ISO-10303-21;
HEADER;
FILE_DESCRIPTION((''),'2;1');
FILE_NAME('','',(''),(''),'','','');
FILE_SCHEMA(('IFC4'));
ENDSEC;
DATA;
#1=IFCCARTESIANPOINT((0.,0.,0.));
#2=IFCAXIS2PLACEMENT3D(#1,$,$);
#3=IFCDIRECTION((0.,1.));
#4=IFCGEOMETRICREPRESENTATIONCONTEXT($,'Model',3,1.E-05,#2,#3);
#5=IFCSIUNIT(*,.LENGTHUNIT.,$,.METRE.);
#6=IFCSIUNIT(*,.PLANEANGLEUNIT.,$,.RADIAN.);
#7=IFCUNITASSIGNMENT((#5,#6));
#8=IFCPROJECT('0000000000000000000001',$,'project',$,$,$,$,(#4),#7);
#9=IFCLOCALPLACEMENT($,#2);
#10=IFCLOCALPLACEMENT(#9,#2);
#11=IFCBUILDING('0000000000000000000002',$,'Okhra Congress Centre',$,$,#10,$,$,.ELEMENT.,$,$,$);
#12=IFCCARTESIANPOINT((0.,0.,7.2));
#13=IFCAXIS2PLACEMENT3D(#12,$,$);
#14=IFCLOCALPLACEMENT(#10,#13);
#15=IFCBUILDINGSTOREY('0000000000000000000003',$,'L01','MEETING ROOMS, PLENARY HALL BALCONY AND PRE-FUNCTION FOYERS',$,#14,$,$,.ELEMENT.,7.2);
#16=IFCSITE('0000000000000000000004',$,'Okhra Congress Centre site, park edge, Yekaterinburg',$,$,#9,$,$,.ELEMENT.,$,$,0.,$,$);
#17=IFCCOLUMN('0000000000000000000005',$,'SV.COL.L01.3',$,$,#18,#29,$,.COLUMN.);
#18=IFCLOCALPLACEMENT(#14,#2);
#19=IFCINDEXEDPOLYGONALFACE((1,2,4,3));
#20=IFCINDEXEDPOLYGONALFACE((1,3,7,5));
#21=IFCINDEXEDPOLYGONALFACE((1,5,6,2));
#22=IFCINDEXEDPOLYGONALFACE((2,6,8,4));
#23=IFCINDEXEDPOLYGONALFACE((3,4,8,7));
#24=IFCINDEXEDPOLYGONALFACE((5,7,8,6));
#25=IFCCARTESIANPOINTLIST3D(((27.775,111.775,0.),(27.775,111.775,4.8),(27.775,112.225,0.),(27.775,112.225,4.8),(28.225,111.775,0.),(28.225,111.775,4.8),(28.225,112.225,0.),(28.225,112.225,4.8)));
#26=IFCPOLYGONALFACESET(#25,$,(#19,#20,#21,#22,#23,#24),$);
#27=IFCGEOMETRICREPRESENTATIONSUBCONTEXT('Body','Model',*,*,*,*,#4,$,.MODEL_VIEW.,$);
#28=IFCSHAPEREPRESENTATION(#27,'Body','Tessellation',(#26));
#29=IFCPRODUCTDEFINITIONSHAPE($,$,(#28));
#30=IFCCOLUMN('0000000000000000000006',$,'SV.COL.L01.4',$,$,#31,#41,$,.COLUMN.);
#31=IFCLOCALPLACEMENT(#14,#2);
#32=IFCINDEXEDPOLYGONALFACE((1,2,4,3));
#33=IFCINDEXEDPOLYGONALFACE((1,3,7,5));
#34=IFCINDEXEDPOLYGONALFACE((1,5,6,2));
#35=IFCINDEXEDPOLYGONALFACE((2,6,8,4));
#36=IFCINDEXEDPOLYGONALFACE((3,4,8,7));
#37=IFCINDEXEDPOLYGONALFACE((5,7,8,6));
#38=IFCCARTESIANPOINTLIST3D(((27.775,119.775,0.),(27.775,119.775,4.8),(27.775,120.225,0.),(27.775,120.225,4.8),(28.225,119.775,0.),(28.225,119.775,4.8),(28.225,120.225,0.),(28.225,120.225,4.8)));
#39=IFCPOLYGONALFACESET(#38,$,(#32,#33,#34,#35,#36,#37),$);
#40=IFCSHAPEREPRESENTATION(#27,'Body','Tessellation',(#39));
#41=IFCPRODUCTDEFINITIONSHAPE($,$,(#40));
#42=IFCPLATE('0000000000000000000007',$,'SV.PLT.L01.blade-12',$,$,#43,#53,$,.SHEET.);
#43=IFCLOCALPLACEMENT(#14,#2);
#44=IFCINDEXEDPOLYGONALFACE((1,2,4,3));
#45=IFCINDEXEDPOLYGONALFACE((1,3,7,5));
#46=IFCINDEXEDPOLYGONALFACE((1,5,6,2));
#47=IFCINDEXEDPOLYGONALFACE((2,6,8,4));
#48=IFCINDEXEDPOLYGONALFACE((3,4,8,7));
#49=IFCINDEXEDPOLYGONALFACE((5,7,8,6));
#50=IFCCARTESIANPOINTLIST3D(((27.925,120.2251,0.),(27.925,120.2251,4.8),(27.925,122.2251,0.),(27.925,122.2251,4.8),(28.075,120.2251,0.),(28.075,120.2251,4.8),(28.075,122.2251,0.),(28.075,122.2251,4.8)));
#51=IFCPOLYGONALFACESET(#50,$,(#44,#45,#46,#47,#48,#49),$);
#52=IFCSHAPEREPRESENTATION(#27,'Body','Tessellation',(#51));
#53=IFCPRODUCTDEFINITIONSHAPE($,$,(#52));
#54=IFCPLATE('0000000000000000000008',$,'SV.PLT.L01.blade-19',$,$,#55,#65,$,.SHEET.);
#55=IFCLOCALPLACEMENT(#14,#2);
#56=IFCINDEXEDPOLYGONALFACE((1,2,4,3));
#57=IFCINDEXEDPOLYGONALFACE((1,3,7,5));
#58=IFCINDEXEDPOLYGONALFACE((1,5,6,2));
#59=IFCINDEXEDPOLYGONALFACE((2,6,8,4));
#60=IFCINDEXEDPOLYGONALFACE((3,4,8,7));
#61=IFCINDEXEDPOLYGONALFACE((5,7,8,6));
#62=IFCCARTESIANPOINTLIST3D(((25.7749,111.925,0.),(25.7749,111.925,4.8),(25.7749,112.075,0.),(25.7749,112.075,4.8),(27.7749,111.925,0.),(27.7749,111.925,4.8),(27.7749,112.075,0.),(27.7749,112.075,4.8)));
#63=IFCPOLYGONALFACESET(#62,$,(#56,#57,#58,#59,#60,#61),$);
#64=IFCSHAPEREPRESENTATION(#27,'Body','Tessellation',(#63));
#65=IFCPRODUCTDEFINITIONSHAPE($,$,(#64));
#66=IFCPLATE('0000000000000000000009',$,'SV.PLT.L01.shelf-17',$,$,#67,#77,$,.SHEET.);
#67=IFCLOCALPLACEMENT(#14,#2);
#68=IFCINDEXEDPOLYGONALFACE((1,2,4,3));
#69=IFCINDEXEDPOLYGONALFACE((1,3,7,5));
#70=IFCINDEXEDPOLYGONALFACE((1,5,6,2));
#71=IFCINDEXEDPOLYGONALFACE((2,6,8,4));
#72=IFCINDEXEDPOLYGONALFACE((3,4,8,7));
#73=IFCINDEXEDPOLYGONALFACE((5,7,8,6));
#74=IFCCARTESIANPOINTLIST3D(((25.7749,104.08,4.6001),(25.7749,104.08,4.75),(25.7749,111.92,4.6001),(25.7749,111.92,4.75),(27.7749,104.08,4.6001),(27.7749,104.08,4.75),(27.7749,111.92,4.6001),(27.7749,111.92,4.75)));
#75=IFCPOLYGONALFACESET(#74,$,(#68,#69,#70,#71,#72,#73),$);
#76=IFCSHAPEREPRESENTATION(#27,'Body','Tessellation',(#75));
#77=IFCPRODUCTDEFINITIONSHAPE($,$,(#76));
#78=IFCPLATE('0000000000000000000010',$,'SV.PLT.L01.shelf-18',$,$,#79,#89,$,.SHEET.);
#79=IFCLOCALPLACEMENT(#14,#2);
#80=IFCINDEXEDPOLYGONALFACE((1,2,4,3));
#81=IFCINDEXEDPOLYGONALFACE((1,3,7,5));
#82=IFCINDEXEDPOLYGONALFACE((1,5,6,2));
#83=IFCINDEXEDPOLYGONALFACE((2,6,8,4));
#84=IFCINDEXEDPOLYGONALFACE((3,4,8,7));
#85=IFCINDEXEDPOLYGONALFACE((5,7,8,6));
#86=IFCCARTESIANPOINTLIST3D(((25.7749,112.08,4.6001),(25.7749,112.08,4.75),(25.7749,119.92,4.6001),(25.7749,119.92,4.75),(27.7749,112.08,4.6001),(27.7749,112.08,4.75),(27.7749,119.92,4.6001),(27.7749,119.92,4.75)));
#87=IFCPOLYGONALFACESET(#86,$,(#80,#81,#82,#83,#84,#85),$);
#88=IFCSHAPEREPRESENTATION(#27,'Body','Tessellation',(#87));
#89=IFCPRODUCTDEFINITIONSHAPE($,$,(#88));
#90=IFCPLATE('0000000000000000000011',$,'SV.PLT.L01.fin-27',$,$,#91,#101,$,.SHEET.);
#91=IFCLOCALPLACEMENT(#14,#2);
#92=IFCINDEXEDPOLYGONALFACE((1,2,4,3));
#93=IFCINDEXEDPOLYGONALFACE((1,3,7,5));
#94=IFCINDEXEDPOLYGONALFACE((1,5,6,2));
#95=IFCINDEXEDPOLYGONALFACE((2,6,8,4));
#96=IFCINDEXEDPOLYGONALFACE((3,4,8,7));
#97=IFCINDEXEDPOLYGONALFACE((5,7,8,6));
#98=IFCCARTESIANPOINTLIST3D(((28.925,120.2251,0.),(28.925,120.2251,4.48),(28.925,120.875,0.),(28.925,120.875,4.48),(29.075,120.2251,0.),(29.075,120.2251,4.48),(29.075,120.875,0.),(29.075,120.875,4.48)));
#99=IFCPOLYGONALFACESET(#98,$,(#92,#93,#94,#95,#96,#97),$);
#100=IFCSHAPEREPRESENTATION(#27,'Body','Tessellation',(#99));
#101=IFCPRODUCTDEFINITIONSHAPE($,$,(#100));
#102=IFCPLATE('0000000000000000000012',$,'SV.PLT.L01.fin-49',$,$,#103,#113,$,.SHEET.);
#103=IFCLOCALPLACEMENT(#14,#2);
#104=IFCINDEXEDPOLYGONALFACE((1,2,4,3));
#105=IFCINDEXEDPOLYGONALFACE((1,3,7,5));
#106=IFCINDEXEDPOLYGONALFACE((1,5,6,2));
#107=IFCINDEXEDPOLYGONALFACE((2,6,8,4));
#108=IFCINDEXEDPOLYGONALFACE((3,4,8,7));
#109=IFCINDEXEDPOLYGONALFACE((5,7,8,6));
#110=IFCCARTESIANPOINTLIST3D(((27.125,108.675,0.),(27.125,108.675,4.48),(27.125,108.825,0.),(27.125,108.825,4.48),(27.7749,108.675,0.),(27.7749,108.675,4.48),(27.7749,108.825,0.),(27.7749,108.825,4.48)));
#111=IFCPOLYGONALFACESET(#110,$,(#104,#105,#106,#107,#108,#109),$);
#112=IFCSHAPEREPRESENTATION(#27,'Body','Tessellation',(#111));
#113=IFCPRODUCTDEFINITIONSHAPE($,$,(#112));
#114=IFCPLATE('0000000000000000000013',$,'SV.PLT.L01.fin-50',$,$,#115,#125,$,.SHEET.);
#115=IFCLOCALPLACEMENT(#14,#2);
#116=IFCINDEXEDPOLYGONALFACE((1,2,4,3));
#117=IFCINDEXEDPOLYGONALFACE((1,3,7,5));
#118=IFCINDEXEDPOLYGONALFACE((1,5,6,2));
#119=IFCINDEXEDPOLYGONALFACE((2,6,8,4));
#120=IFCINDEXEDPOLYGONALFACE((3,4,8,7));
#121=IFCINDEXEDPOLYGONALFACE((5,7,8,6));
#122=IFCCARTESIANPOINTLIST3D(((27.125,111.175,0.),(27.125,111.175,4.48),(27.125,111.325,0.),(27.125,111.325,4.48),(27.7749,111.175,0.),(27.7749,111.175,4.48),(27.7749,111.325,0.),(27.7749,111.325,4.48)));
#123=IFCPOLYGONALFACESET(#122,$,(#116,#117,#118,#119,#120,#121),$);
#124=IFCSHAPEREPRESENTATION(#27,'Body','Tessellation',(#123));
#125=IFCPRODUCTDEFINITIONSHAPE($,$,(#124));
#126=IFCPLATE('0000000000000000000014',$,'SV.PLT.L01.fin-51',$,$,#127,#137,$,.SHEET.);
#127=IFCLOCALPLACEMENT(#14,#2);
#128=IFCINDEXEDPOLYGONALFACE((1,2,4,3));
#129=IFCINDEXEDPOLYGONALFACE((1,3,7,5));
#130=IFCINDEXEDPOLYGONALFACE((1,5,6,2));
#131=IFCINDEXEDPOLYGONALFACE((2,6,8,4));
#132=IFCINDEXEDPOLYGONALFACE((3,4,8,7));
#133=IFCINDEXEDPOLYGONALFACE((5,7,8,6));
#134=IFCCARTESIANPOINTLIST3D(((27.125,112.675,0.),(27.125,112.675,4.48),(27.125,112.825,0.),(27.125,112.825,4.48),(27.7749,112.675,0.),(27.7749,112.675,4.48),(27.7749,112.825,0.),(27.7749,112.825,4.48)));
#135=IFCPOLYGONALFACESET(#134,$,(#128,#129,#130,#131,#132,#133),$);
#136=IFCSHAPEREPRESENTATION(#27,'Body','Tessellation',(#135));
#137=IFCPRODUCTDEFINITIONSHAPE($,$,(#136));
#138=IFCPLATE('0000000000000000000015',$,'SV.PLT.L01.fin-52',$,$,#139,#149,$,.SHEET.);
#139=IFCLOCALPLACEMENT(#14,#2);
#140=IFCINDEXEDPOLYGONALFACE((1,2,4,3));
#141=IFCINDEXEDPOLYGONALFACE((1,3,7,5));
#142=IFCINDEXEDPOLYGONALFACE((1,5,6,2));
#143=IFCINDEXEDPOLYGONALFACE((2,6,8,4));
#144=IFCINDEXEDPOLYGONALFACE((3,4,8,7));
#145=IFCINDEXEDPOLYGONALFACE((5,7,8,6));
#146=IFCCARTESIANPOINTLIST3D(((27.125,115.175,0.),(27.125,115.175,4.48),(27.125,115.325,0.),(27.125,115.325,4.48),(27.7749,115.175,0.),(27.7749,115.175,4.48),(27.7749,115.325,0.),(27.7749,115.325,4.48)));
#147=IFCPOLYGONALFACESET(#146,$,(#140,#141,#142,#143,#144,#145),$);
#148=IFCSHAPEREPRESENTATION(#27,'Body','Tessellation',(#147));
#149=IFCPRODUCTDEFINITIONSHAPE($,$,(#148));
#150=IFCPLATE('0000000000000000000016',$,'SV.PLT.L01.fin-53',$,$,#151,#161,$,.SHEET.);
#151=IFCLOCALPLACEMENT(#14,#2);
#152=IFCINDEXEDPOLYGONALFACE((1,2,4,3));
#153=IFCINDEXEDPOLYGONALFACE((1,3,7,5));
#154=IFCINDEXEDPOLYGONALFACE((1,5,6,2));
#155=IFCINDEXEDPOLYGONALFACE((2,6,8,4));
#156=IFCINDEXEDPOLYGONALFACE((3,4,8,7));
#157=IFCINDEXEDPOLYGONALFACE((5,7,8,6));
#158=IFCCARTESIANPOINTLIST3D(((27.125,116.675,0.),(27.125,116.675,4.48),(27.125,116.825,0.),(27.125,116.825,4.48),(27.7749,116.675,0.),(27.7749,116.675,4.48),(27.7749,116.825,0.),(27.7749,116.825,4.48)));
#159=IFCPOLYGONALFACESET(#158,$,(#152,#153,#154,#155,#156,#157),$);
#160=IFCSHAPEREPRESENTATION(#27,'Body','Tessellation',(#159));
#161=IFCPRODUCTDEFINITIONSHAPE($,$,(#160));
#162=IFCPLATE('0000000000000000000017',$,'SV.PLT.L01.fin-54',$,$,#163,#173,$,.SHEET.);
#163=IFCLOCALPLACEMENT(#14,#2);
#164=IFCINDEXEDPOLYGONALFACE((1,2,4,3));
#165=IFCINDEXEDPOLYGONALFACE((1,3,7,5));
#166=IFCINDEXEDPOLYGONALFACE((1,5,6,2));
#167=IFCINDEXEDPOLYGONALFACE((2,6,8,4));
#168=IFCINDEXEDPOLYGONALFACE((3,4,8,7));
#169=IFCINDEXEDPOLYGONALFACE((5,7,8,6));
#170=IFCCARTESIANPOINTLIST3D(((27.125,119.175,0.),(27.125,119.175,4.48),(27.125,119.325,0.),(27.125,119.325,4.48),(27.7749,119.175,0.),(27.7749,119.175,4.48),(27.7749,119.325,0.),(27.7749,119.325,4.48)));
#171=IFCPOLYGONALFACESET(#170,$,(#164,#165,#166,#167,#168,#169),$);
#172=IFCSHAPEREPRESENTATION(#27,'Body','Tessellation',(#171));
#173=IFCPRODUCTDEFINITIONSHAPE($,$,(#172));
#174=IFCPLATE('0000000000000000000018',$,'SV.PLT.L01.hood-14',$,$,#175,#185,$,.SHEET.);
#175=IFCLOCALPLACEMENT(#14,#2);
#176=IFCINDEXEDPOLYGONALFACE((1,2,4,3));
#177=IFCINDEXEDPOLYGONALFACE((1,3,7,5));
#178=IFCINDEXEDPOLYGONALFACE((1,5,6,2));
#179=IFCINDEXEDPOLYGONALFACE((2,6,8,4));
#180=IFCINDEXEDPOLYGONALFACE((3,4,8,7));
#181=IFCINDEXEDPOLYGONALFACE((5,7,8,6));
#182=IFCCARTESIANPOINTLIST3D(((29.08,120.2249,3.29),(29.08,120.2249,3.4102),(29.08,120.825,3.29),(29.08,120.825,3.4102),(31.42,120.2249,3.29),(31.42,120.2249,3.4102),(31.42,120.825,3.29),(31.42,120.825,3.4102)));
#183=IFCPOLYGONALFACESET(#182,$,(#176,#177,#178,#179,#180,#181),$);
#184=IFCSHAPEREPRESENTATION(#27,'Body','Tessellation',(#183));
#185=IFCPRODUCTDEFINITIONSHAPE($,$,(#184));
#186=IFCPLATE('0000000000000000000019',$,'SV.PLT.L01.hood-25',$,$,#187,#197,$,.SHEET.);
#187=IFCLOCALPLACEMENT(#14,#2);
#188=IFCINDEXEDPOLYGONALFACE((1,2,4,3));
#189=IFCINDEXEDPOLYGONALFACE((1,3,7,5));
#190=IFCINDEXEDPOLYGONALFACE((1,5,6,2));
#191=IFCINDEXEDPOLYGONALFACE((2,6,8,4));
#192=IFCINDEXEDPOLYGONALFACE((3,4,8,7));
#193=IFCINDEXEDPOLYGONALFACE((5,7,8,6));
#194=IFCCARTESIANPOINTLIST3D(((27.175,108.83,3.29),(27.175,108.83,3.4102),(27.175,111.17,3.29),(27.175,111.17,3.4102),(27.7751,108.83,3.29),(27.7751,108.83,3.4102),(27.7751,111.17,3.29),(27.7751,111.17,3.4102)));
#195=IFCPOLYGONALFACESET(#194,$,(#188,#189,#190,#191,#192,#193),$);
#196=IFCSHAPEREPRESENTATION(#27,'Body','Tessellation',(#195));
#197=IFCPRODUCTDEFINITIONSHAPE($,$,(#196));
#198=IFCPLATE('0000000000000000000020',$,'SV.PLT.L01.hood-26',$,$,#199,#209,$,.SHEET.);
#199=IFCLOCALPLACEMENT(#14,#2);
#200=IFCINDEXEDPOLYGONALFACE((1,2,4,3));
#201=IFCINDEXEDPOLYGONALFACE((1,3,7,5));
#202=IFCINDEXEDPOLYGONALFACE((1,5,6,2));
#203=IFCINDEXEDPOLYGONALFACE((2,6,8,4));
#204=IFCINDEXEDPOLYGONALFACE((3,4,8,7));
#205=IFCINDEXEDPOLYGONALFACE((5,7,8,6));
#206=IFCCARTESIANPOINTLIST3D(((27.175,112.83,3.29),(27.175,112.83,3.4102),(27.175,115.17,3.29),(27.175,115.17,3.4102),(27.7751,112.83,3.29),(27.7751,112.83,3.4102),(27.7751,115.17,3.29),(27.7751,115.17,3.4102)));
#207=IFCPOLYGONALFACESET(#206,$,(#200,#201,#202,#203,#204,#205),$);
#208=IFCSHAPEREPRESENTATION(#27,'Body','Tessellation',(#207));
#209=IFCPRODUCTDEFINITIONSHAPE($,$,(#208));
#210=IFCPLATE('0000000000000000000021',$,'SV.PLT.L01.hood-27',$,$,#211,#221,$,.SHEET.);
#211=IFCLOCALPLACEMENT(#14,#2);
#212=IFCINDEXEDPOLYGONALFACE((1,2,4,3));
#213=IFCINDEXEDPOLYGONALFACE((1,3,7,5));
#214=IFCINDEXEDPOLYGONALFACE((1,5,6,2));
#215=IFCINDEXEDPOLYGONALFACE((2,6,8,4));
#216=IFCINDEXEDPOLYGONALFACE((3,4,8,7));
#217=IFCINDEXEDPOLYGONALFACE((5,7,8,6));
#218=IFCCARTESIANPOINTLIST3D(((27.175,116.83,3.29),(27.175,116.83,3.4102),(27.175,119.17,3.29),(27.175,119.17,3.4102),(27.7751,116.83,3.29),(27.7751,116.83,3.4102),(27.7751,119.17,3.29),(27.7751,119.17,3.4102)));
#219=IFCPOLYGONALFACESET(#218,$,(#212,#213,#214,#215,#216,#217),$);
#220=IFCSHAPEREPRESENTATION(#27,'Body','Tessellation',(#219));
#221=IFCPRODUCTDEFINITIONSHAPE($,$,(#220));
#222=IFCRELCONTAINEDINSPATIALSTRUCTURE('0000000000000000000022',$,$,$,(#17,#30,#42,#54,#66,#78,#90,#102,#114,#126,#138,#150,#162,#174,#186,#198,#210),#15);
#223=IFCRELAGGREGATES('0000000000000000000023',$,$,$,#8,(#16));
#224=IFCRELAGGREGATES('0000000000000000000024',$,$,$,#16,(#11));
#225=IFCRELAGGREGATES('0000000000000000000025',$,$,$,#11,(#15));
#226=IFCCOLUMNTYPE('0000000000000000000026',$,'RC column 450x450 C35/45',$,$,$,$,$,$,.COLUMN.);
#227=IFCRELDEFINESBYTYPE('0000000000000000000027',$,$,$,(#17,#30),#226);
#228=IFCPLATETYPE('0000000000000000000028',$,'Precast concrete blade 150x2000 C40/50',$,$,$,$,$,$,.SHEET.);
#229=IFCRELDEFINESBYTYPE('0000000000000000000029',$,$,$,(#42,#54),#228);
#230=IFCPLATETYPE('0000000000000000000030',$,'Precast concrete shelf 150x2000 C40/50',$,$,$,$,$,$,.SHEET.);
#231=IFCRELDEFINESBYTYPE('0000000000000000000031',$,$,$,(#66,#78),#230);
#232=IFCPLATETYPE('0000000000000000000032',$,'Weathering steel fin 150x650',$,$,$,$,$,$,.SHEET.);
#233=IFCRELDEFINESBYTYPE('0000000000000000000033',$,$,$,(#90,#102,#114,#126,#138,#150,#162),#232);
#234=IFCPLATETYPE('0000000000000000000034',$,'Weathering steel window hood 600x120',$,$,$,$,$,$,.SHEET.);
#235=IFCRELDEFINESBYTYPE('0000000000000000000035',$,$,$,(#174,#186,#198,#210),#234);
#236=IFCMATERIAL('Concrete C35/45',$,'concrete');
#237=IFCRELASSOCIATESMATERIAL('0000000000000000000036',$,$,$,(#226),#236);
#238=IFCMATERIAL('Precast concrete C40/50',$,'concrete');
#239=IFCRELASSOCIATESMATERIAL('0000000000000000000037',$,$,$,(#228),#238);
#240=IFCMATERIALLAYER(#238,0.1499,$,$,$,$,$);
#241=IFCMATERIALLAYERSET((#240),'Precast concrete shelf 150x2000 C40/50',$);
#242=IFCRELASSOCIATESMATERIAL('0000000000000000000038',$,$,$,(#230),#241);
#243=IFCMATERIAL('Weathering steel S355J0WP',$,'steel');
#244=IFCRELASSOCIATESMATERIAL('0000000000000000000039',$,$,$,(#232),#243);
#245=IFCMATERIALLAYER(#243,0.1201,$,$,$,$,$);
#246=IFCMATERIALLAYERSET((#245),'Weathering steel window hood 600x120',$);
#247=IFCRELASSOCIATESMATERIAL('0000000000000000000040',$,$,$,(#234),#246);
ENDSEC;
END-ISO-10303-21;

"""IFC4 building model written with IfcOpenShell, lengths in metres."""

from ifc_helpers import new_model, si_unit, direction, frame, origin, origin_2d, place, context, subcontext, project, spatial, rectangle, extrude, material, layer, layer_set, material_profile, profile_set, type_object, element, save


model = new_model("IFC4")

# Units and contexts
model_context = context("Model", 3, precision=1e-05, world=origin(), true_north=direction((0.0, 1.0)))
body_context = subcontext(model_context, "Body", "Model", "MODEL_VIEW")
ifc_project = project(units=[si_unit("LENGTHUNIT", "METRE"), si_unit("PLANEANGLEUNIT", "RADIAN")], contexts=[model_context])

# Site, building, storey
site_placement = place(None, origin())
site = spatial("IfcSite", under=ifc_project, at=site_placement, Name="Okhra Congress Centre site, park edge, Yekaterinburg", CompositionType="ELEMENT", RefElevation=0.0)
building_placement = place(site_placement, origin())
building = spatial("IfcBuilding", under=site, at=building_placement, Name="Okhra Congress Centre", CompositionType="ELEMENT")
storey_placement = place(building_placement, frame((0.0, 0.0, 7.2)))
storey = spatial("IfcBuildingStorey", under=building, at=storey_placement, Name="L01", Description="MEETING ROOMS, PLENARY HALL BALCONY AND PRE-FUNCTION FOYERS", CompositionType="ELEMENT", Elevation=7.2)

# Columns
ifc_material_1 = material(Name="Concrete C35/45", Category="concrete")
ifc_material_profile = material_profile(ifc_material_1, rectangle(XDim=0.45, YDim=0.45, at=origin_2d()), Name="RC 450x450")
ifc_profile_set = profile_set([ifc_material_profile], Name="Concrete C35/45")
column_type = type_object("IfcColumnType", Name="RC column 450x450 C35/45", PredefinedType="COLUMN", material=ifc_profile_set)
for number, where, z_axis, x_axis, name in (
    (1, (28.0, 112.0, 0.0), (0.0, 0.0, 1.0), (1.0, 0.0, 0.0), "SV.COL.L01.3"),
    (2, (28.0, 120.0, 0.0), (0.0, 0.0, 1.0), (1.0, 0.0, 0.0), "SV.COL.L01.4"),
):
    element("IfcColumn", number, at=place(storey_placement, frame(where, z_axis=z_axis, x_axis=x_axis)), inside=storey, type_object=column_type, Name=name, PredefinedType="COLUMN", context=body_context, shape_type="SweptSolid", body=[
        extrude(rectangle(XDim=0.45, YDim=0.45, at=origin_2d()), origin(), (0.0, 0.0, 1.0), 4.8),
    ])

# Plates
ifc_material_2 = material(Name="Precast concrete C40/50", Category="concrete")
plate_type_1 = type_object("IfcPlateType", Name="Precast concrete blade 150x2000 C40/50", PredefinedType="SHEET", material=ifc_material_2)
for number, where, z_axis, x_axis, name in (
    (3, (28.0, 121.2251, 0.0), (0.0, 0.0, 1.0), (-1.0, 0.0, 0.0), "SV.PLT.L01.blade-12"),
    (4, (26.7749, 112.0, 0.0), (0.0, 0.0, 1.0), (0.0, -1.0, 0.0), "SV.PLT.L01.blade-19"),
):
    element("IfcPlate", number, at=place(storey_placement, frame(where, z_axis=z_axis, x_axis=x_axis)), inside=storey, type_object=plate_type_1, Name=name, PredefinedType="SHEET", context=body_context, shape_type="SweptSolid", body=[
        extrude(rectangle(XDim=0.1499, YDim=2.0, at=origin_2d()), origin(), (0.0, 0.0, 1.0), 4.8),
    ])
ifc_layer_1 = layer(ifc_material_2, 0.1499)
ifc_layer_set_1 = layer_set([ifc_layer_1], Name="Precast concrete shelf 150x2000 C40/50")
plate_type_2 = type_object("IfcPlateType", Name="Precast concrete shelf 150x2000 C40/50", PredefinedType="SHEET", material=ifc_layer_set_1)
for number, where, z_axis, x_axis, name in (
    (5, (26.7749, 108.0, 4.6001), (0.0, 0.0, 1.0), (0.0, -1.0, 0.0), "SV.PLT.L01.shelf-17"),
    (6, (26.7749, 116.0, 4.6001), (0.0, 0.0, 1.0), (0.0, -1.0, 0.0), "SV.PLT.L01.shelf-18"),
):
    element("IfcPlate", number, at=place(storey_placement, frame(where, z_axis=z_axis, x_axis=x_axis)), inside=storey, type_object=plate_type_2, Name=name, PredefinedType="SHEET", context=body_context, shape_type="SweptSolid", body=[
        extrude(rectangle(XDim=7.8401, YDim=2.0, at=origin_2d()), origin(), (0.0, 0.0, 1.0), 0.1499),
    ])
ifc_material_3 = material(Name="Weathering steel S355J0WP", Category="steel")
plate_type_3 = type_object("IfcPlateType", Name="Weathering steel fin 150x650", PredefinedType="SHEET", material=ifc_material_3)
for number, where, z_axis, x_axis, name in (
    (7, (29.0, 120.55, 0.0), (0.0, 0.0, 1.0), (-1.0, 0.0, 0.0), "SV.PLT.L01.fin-27"),
    (8, (27.45, 108.75, 0.0), (0.0, 0.0, 1.0), (0.0, -1.0, 0.0), "SV.PLT.L01.fin-49"),
    (9, (27.45, 111.25, 0.0), (0.0, 0.0, 1.0), (0.0, -1.0, 0.0), "SV.PLT.L01.fin-50"),
    (10, (27.45, 112.75, 0.0), (0.0, 0.0, 1.0), (0.0, -1.0, 0.0), "SV.PLT.L01.fin-51"),
    (11, (27.45, 115.25, 0.0), (0.0, 0.0, 1.0), (0.0, -1.0, 0.0), "SV.PLT.L01.fin-52"),
    (12, (27.45, 116.75, 0.0), (0.0, 0.0, 1.0), (0.0, -1.0, 0.0), "SV.PLT.L01.fin-53"),
    (13, (27.45, 119.25, 0.0), (0.0, 0.0, 1.0), (0.0, -1.0, 0.0), "SV.PLT.L01.fin-54"),
):
    element("IfcPlate", number, at=place(storey_placement, frame(where, z_axis=z_axis, x_axis=x_axis)), inside=storey, type_object=plate_type_3, Name=name, PredefinedType="SHEET", context=body_context, shape_type="SweptSolid", body=[
        extrude(rectangle(XDim=0.1499, YDim=0.6499, at=origin_2d()), origin(), (0.0, 0.0, 1.0), 4.48),
    ])
ifc_layer_2 = layer(ifc_material_3, 0.1201)
ifc_layer_set_2 = layer_set([ifc_layer_2], Name="Weathering steel window hood 600x120")
plate_type_4 = type_object("IfcPlateType", Name="Weathering steel window hood 600x120", PredefinedType="SHEET", material=ifc_layer_set_2)
for number, where, z_axis, x_axis, name in (
    (14, (30.25, 120.5249, 3.29), (0.0, 0.0, 1.0), (-1.0, 0.0, 0.0), "SV.PLT.L01.hood-14"),
    (15, (27.4751, 110.0, 3.29), (0.0, 0.0, 1.0), (0.0, -1.0, 0.0), "SV.PLT.L01.hood-25"),
    (16, (27.4751, 114.0, 3.29), (0.0, 0.0, 1.0), (0.0, -1.0, 0.0), "SV.PLT.L01.hood-26"),
    (17, (27.4751, 118.0, 3.29), (0.0, 0.0, 1.0), (0.0, -1.0, 0.0), "SV.PLT.L01.hood-27"),
):
    element("IfcPlate", number, at=place(storey_placement, frame(where, z_axis=z_axis, x_axis=x_axis)), inside=storey, type_object=plate_type_4, Name=name, PredefinedType="SHEET", context=body_context, shape_type="SweptSolid", body=[
        extrude(rectangle(XDim=2.3401, YDim=0.6001, at=origin_2d()), origin(), (0.0, 0.0, 1.0), 0.1201),
    ])

save(model, "model.ifc")
